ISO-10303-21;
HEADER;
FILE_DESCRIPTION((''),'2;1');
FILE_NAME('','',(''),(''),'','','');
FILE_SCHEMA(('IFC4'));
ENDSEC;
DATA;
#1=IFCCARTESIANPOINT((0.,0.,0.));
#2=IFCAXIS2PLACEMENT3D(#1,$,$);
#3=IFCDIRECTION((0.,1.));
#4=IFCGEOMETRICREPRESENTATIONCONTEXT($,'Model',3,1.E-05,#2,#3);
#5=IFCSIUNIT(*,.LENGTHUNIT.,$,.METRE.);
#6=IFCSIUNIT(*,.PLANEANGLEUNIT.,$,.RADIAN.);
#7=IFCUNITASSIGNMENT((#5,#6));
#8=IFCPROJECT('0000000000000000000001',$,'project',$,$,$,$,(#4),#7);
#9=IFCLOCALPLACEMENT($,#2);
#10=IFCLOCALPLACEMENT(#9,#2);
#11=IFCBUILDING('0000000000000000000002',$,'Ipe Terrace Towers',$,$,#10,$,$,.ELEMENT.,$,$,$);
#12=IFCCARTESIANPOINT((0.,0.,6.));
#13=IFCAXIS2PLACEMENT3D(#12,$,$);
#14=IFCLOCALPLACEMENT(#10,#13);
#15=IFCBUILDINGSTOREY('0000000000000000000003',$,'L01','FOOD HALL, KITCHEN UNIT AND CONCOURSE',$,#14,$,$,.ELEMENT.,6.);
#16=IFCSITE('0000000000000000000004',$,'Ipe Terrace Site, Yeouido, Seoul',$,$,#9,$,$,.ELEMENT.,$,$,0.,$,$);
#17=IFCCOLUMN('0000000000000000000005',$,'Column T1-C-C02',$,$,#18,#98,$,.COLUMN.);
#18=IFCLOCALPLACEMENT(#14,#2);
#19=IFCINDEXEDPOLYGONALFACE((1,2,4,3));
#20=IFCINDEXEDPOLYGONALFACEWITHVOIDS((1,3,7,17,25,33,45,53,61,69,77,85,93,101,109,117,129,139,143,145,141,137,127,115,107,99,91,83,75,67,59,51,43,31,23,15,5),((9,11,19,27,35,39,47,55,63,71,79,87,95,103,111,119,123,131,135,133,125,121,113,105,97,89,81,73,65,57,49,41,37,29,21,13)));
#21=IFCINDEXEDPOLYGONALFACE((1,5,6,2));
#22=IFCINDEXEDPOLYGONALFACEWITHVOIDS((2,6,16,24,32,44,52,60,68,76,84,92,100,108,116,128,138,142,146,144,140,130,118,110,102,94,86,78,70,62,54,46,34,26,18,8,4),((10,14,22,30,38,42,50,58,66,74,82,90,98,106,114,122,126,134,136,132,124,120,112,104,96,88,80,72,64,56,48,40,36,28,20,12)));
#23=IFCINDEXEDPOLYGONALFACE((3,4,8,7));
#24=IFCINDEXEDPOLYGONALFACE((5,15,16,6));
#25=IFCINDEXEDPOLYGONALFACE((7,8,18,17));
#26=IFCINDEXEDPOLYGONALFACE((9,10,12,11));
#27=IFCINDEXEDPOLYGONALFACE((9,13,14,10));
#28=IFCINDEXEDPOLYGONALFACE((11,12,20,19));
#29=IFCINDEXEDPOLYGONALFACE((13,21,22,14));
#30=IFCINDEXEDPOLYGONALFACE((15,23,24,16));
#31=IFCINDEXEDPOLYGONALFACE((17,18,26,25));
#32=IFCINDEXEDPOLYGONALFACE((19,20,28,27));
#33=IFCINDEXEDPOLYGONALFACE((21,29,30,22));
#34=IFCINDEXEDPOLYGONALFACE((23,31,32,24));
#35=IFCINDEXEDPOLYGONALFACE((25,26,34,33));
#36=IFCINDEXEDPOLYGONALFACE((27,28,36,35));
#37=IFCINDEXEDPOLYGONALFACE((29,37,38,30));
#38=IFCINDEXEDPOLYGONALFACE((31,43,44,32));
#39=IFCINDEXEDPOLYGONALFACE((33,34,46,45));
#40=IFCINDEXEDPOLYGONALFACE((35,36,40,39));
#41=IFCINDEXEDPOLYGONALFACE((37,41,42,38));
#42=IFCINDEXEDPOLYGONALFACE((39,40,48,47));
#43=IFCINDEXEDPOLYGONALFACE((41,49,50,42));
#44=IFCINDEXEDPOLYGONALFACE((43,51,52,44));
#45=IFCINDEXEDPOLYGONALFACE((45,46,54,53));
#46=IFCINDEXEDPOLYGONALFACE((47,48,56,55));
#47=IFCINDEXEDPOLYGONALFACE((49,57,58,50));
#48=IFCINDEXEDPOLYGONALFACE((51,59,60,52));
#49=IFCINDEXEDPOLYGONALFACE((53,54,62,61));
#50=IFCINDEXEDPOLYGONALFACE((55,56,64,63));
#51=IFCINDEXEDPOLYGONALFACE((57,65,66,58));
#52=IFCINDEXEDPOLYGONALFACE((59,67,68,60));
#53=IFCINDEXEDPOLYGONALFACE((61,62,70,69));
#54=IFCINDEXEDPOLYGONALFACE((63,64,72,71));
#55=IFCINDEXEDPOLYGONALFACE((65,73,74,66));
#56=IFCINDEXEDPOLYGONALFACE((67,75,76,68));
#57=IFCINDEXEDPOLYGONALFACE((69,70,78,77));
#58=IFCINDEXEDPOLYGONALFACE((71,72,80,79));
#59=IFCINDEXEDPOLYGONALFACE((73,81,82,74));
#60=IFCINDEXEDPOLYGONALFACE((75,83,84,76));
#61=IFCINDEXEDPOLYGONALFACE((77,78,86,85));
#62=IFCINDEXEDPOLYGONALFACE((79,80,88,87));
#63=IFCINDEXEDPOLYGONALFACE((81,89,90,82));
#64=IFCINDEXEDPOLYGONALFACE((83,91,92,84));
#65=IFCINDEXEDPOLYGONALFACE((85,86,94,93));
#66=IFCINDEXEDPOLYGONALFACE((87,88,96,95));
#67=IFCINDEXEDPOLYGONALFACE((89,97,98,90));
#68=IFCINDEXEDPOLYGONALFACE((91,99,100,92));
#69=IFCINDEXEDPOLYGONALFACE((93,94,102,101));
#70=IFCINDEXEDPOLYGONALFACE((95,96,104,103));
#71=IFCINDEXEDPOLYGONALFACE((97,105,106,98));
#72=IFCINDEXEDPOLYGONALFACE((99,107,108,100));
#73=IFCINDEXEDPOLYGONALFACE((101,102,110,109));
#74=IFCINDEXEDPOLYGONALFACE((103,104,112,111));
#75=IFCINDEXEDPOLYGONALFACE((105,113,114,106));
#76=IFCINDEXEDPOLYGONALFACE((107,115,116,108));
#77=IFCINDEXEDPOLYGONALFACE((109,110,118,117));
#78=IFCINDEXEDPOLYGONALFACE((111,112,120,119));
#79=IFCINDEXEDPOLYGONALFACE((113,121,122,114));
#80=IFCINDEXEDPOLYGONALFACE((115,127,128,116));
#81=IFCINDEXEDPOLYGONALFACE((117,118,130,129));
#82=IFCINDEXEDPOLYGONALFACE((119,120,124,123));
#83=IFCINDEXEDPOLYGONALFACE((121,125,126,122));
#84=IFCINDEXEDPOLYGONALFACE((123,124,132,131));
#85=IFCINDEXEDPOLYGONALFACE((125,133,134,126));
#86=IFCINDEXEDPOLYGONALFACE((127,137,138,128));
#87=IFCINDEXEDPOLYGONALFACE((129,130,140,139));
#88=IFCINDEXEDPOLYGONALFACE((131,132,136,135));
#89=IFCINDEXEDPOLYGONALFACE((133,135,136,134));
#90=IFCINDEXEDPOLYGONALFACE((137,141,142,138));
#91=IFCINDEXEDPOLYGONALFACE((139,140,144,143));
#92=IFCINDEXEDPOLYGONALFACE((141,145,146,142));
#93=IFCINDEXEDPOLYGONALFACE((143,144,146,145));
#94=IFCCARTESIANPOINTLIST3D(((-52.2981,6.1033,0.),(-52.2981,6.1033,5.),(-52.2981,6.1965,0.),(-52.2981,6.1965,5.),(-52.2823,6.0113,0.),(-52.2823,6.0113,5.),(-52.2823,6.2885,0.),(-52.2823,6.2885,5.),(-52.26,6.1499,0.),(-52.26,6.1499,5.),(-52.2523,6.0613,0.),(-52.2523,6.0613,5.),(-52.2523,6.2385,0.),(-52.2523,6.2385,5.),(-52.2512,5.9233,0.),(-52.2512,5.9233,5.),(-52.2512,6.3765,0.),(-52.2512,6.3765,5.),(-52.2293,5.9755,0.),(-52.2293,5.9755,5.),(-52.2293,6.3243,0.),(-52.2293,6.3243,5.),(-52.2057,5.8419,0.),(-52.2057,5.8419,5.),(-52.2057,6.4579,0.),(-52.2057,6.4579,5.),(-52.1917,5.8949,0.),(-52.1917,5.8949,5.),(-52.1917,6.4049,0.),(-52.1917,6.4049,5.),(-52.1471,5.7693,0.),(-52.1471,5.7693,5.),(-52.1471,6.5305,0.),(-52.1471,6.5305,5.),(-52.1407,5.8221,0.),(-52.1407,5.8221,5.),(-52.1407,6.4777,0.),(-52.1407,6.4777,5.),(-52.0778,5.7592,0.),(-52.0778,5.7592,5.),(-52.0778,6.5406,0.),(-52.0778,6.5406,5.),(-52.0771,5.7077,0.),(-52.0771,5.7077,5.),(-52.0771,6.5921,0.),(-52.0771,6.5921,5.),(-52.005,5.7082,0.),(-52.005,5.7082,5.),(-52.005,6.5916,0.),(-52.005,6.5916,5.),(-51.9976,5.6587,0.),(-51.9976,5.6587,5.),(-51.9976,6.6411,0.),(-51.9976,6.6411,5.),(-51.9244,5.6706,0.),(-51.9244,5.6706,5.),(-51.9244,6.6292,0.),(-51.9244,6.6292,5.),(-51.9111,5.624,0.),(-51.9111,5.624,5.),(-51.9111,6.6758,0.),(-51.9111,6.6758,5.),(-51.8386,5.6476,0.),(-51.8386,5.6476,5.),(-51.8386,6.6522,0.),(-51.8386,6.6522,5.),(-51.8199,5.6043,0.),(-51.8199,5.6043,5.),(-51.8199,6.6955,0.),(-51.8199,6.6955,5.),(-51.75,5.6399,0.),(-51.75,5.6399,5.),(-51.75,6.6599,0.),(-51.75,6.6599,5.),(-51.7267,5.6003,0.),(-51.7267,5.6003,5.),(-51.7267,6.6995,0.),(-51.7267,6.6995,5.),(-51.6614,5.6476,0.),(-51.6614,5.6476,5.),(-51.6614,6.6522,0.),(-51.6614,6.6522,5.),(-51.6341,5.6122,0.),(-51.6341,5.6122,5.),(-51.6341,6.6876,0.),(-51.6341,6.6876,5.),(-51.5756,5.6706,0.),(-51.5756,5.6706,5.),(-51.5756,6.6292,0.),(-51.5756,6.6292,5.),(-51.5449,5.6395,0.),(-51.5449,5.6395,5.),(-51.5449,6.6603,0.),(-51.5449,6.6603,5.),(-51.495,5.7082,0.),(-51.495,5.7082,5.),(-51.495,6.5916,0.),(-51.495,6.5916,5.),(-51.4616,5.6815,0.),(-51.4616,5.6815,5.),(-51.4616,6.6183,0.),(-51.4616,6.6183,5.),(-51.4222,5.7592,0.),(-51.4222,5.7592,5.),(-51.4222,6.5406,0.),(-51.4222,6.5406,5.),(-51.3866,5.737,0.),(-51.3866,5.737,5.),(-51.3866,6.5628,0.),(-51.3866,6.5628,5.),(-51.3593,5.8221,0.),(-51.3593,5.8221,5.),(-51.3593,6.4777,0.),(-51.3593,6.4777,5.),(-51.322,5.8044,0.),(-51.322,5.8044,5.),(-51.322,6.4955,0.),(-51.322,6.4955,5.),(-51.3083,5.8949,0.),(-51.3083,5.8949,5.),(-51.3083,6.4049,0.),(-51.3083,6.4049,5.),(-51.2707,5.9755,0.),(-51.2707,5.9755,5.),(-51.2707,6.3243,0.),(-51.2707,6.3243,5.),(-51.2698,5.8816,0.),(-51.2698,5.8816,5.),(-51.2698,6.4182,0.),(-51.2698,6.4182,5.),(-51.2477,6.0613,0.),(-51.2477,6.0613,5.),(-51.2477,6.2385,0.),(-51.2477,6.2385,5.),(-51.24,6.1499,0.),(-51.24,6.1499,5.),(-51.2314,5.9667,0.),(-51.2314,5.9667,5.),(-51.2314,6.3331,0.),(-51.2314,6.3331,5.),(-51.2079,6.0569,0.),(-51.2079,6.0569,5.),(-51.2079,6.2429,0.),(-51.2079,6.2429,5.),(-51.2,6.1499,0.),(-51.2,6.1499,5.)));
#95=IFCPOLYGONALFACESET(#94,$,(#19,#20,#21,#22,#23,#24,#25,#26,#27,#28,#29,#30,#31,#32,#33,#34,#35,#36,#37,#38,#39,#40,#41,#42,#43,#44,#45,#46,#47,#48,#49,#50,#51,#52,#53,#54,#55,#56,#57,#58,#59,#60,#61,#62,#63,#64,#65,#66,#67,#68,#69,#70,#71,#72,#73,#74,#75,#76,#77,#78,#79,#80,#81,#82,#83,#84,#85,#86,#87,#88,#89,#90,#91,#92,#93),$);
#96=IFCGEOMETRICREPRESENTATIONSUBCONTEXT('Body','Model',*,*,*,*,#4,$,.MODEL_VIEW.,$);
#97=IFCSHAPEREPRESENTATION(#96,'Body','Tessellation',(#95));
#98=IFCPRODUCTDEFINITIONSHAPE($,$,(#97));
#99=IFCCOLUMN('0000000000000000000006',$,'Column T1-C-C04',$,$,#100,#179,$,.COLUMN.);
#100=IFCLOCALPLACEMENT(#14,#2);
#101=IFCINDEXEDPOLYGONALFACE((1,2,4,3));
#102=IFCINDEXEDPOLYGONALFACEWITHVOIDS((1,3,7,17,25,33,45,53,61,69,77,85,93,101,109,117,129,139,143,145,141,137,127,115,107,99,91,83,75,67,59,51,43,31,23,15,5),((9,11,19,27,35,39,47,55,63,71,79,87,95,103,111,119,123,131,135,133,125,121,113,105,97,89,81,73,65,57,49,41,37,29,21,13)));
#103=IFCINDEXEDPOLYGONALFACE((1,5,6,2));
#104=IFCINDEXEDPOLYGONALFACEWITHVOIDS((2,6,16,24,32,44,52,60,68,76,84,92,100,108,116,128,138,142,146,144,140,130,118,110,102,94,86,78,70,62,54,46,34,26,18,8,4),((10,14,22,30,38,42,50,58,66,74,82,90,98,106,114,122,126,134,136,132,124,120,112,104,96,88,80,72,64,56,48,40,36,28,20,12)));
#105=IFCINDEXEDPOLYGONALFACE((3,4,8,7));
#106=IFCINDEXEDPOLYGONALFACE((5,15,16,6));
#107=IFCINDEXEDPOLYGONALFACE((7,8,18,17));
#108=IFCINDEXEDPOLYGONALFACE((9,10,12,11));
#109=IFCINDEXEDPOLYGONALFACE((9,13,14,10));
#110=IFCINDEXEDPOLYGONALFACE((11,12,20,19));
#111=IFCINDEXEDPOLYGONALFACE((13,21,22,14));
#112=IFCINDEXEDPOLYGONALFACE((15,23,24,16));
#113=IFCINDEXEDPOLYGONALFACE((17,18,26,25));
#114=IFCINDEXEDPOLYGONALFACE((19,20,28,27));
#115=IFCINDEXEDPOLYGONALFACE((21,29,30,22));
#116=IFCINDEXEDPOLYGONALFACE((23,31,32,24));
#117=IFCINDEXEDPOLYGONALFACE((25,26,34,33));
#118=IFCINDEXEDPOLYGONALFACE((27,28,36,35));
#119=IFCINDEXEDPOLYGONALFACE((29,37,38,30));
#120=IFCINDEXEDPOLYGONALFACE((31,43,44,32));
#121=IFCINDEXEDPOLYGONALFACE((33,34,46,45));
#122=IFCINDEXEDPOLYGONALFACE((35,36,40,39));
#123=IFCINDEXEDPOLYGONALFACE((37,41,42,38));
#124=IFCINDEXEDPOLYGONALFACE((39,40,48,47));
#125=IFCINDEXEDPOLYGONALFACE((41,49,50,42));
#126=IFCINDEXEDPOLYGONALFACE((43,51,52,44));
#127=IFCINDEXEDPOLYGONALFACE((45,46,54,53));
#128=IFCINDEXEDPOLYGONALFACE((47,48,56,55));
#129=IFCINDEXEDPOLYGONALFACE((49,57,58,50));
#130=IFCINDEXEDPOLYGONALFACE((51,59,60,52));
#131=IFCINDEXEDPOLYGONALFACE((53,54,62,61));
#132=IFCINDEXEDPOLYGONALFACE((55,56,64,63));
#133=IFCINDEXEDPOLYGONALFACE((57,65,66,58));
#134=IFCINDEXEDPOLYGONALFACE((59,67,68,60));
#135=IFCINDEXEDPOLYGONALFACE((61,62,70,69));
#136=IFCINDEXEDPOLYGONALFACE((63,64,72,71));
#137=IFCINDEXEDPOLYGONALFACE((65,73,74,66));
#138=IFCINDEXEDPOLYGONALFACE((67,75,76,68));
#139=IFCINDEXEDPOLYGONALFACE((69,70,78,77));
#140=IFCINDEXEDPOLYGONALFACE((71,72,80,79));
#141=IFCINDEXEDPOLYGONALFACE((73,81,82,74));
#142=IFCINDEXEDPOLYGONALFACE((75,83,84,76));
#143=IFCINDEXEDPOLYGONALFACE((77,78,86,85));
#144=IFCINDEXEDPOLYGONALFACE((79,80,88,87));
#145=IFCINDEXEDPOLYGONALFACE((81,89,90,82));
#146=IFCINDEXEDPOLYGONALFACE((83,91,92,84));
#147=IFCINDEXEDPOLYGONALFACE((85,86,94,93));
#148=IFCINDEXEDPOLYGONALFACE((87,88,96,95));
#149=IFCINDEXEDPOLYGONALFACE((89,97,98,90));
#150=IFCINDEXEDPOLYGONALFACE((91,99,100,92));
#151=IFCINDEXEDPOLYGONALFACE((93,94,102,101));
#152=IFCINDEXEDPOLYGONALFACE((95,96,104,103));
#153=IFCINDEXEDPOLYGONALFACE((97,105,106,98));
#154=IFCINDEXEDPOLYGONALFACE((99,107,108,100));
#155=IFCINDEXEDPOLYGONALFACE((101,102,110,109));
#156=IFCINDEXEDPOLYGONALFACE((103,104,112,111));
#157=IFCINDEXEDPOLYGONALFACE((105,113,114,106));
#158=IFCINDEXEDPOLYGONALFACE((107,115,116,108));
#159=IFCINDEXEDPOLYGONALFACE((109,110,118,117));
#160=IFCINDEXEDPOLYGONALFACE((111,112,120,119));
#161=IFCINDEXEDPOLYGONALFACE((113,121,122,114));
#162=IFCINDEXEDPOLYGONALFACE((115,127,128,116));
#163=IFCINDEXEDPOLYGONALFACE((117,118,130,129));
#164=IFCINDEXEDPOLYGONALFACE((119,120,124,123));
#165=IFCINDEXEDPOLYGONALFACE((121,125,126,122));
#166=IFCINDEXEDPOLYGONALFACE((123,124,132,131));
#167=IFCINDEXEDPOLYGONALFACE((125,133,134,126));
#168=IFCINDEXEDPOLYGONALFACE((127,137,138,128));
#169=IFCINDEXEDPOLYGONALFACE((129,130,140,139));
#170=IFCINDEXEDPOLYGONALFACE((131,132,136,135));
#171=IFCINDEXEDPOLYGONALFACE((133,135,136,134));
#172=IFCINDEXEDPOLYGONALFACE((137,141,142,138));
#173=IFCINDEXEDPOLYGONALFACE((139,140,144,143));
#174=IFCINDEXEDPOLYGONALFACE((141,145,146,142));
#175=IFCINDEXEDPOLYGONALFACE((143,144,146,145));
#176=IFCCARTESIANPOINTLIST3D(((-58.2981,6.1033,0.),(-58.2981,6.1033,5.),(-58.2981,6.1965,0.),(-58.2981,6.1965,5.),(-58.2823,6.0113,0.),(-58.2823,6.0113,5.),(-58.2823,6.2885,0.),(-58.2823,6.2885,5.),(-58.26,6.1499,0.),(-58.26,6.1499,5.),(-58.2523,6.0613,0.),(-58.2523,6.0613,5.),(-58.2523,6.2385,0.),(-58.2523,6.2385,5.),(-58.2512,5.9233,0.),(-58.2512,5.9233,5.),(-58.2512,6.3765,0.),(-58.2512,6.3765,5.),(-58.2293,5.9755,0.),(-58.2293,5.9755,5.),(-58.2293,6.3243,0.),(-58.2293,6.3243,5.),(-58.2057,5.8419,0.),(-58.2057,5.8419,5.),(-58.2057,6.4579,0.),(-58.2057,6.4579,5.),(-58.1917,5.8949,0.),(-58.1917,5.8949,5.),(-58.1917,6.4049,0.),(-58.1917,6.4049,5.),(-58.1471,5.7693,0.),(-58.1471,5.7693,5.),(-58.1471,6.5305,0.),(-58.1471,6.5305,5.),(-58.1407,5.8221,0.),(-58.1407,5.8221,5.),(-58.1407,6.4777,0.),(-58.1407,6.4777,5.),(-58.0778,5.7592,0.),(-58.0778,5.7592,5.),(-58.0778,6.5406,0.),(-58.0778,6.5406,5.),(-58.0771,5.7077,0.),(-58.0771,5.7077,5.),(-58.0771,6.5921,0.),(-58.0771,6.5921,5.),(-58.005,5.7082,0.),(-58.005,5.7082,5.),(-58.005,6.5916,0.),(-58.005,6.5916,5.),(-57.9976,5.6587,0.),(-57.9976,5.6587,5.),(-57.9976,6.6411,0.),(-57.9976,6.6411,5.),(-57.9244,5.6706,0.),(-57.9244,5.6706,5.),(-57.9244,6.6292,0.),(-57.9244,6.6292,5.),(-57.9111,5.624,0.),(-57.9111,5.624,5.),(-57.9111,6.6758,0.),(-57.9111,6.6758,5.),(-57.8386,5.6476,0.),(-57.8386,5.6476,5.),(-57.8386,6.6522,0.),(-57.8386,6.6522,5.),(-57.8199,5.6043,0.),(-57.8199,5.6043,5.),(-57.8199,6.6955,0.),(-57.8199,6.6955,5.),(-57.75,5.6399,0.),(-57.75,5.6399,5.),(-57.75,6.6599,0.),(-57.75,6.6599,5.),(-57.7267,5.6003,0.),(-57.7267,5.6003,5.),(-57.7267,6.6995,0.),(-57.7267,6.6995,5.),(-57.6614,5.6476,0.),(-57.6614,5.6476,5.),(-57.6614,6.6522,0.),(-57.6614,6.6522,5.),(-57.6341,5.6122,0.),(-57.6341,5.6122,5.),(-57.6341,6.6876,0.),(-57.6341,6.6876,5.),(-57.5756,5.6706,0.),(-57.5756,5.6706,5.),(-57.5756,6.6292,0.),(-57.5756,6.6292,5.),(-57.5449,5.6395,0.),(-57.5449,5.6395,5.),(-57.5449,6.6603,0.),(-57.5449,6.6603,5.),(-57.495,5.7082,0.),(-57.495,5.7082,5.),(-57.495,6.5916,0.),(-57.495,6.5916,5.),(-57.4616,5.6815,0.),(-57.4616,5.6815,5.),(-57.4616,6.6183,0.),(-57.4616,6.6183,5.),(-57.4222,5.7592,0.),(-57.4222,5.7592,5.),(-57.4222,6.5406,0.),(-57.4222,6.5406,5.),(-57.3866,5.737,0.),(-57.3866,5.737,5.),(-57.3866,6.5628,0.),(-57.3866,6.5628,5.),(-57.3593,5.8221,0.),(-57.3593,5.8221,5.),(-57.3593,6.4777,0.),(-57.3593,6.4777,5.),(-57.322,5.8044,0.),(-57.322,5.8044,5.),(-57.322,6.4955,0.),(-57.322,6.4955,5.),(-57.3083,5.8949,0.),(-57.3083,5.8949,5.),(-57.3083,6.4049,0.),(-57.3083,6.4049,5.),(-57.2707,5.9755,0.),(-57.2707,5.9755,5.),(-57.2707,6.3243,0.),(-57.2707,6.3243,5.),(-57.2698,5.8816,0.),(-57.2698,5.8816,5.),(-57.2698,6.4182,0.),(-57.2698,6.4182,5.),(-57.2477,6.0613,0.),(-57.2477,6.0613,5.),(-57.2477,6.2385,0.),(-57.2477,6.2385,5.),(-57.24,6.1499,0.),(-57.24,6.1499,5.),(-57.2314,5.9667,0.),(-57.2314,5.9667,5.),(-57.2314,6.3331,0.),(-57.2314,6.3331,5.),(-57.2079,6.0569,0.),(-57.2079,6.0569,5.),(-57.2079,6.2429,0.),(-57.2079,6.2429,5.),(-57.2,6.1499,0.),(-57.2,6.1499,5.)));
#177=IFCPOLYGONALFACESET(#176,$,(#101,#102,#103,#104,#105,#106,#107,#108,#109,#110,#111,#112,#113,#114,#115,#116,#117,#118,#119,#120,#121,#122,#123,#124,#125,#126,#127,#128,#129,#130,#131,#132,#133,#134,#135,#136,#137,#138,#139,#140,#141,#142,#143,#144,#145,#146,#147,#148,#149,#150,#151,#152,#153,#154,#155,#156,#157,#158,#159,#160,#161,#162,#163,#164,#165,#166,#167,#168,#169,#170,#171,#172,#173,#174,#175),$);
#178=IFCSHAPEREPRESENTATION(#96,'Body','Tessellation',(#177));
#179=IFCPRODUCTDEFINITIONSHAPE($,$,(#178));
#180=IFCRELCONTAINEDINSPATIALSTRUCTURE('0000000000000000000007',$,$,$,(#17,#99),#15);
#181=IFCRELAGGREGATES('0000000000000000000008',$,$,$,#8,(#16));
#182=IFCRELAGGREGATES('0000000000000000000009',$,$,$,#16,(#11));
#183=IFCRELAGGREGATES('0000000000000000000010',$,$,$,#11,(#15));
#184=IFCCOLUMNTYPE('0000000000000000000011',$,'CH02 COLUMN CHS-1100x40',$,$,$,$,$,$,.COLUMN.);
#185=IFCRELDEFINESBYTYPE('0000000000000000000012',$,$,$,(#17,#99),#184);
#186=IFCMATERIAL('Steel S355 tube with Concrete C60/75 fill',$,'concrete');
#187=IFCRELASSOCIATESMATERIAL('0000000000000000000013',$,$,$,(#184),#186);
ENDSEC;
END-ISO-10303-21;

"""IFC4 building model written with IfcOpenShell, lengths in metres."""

from ifc_helpers import new_model, si_unit, direction, frame, origin, origin_2d, place, context, subcontext, project, spatial, hollow_circle, extrude, material, material_profile, profile_set, type_object, element, save


model = new_model("IFC4")

# Units and contexts
model_context = context("Model", 3, precision=1e-05, world=origin(), true_north=direction((0.0, 1.0)))
body_context = subcontext(model_context, "Body", "Model", "MODEL_VIEW")
ifc_project = project(units=[si_unit("LENGTHUNIT", "METRE"), si_unit("PLANEANGLEUNIT", "RADIAN")], contexts=[model_context])

# Site, building, storey
site_placement = place(None, origin())
site = spatial("IfcSite", under=ifc_project, at=site_placement, Name="Ipe Terrace Site, Yeouido, Seoul", CompositionType="ELEMENT", RefElevation=0.0)
building_placement = place(site_placement, origin())
building = spatial("IfcBuilding", under=site, at=building_placement, Name="Ipe Terrace Towers", CompositionType="ELEMENT")
storey_placement = place(building_placement, frame((0.0, 0.0, 6.0)))
storey = spatial("IfcBuildingStorey", under=building, at=storey_placement, Name="L01", Description="FOOD HALL, KITCHEN UNIT AND CONCOURSE", CompositionType="ELEMENT", Elevation=6.0)

# Columns
ifc_material_1 = material(Name="Steel S355 tube with Concrete C60/75 fill", Category="concrete")
ifc_material_profile_1 = material_profile(ifc_material_1, hollow_circle(Radius=0.55, WallThickness=0.04, at=origin_2d()), Name="CHS-1100x40")
ifc_profile_set_1 = profile_set([ifc_material_profile_1], Name="Steel S355 tube with Concrete C60/75 fill")
column_type_1 = type_object("IfcColumnType", Name="CH02 COLUMN CHS-1100x40", PredefinedType="COLUMN", material=ifc_profile_set_1)
for number, where, z_axis, x_axis, name in (
    (1, (-51.75, 6.1499, 0.0), (0.0, 0.0, 1.0), (1.0, 0.0, 0.0), "Column T1-C-C02"),
    (2, (-57.75, 6.1499, 0.0), (0.0, 0.0, 1.0), (1.0, 0.0, 0.0), "Column T1-C-C04"),
):
    element("IfcColumn", number, at=place(storey_placement, frame(where, z_axis=z_axis, x_axis=x_axis)), inside=storey, type_object=column_type_1, Name=name, PredefinedType="COLUMN", context=body_context, shape_type="SweptSolid", body=[
        extrude(hollow_circle(Radius=0.55, WallThickness=0.04, at=origin_2d()), origin(), (0.0, 0.0, 1.0), 5.0),
    ])

save(model, "model.ifc")
